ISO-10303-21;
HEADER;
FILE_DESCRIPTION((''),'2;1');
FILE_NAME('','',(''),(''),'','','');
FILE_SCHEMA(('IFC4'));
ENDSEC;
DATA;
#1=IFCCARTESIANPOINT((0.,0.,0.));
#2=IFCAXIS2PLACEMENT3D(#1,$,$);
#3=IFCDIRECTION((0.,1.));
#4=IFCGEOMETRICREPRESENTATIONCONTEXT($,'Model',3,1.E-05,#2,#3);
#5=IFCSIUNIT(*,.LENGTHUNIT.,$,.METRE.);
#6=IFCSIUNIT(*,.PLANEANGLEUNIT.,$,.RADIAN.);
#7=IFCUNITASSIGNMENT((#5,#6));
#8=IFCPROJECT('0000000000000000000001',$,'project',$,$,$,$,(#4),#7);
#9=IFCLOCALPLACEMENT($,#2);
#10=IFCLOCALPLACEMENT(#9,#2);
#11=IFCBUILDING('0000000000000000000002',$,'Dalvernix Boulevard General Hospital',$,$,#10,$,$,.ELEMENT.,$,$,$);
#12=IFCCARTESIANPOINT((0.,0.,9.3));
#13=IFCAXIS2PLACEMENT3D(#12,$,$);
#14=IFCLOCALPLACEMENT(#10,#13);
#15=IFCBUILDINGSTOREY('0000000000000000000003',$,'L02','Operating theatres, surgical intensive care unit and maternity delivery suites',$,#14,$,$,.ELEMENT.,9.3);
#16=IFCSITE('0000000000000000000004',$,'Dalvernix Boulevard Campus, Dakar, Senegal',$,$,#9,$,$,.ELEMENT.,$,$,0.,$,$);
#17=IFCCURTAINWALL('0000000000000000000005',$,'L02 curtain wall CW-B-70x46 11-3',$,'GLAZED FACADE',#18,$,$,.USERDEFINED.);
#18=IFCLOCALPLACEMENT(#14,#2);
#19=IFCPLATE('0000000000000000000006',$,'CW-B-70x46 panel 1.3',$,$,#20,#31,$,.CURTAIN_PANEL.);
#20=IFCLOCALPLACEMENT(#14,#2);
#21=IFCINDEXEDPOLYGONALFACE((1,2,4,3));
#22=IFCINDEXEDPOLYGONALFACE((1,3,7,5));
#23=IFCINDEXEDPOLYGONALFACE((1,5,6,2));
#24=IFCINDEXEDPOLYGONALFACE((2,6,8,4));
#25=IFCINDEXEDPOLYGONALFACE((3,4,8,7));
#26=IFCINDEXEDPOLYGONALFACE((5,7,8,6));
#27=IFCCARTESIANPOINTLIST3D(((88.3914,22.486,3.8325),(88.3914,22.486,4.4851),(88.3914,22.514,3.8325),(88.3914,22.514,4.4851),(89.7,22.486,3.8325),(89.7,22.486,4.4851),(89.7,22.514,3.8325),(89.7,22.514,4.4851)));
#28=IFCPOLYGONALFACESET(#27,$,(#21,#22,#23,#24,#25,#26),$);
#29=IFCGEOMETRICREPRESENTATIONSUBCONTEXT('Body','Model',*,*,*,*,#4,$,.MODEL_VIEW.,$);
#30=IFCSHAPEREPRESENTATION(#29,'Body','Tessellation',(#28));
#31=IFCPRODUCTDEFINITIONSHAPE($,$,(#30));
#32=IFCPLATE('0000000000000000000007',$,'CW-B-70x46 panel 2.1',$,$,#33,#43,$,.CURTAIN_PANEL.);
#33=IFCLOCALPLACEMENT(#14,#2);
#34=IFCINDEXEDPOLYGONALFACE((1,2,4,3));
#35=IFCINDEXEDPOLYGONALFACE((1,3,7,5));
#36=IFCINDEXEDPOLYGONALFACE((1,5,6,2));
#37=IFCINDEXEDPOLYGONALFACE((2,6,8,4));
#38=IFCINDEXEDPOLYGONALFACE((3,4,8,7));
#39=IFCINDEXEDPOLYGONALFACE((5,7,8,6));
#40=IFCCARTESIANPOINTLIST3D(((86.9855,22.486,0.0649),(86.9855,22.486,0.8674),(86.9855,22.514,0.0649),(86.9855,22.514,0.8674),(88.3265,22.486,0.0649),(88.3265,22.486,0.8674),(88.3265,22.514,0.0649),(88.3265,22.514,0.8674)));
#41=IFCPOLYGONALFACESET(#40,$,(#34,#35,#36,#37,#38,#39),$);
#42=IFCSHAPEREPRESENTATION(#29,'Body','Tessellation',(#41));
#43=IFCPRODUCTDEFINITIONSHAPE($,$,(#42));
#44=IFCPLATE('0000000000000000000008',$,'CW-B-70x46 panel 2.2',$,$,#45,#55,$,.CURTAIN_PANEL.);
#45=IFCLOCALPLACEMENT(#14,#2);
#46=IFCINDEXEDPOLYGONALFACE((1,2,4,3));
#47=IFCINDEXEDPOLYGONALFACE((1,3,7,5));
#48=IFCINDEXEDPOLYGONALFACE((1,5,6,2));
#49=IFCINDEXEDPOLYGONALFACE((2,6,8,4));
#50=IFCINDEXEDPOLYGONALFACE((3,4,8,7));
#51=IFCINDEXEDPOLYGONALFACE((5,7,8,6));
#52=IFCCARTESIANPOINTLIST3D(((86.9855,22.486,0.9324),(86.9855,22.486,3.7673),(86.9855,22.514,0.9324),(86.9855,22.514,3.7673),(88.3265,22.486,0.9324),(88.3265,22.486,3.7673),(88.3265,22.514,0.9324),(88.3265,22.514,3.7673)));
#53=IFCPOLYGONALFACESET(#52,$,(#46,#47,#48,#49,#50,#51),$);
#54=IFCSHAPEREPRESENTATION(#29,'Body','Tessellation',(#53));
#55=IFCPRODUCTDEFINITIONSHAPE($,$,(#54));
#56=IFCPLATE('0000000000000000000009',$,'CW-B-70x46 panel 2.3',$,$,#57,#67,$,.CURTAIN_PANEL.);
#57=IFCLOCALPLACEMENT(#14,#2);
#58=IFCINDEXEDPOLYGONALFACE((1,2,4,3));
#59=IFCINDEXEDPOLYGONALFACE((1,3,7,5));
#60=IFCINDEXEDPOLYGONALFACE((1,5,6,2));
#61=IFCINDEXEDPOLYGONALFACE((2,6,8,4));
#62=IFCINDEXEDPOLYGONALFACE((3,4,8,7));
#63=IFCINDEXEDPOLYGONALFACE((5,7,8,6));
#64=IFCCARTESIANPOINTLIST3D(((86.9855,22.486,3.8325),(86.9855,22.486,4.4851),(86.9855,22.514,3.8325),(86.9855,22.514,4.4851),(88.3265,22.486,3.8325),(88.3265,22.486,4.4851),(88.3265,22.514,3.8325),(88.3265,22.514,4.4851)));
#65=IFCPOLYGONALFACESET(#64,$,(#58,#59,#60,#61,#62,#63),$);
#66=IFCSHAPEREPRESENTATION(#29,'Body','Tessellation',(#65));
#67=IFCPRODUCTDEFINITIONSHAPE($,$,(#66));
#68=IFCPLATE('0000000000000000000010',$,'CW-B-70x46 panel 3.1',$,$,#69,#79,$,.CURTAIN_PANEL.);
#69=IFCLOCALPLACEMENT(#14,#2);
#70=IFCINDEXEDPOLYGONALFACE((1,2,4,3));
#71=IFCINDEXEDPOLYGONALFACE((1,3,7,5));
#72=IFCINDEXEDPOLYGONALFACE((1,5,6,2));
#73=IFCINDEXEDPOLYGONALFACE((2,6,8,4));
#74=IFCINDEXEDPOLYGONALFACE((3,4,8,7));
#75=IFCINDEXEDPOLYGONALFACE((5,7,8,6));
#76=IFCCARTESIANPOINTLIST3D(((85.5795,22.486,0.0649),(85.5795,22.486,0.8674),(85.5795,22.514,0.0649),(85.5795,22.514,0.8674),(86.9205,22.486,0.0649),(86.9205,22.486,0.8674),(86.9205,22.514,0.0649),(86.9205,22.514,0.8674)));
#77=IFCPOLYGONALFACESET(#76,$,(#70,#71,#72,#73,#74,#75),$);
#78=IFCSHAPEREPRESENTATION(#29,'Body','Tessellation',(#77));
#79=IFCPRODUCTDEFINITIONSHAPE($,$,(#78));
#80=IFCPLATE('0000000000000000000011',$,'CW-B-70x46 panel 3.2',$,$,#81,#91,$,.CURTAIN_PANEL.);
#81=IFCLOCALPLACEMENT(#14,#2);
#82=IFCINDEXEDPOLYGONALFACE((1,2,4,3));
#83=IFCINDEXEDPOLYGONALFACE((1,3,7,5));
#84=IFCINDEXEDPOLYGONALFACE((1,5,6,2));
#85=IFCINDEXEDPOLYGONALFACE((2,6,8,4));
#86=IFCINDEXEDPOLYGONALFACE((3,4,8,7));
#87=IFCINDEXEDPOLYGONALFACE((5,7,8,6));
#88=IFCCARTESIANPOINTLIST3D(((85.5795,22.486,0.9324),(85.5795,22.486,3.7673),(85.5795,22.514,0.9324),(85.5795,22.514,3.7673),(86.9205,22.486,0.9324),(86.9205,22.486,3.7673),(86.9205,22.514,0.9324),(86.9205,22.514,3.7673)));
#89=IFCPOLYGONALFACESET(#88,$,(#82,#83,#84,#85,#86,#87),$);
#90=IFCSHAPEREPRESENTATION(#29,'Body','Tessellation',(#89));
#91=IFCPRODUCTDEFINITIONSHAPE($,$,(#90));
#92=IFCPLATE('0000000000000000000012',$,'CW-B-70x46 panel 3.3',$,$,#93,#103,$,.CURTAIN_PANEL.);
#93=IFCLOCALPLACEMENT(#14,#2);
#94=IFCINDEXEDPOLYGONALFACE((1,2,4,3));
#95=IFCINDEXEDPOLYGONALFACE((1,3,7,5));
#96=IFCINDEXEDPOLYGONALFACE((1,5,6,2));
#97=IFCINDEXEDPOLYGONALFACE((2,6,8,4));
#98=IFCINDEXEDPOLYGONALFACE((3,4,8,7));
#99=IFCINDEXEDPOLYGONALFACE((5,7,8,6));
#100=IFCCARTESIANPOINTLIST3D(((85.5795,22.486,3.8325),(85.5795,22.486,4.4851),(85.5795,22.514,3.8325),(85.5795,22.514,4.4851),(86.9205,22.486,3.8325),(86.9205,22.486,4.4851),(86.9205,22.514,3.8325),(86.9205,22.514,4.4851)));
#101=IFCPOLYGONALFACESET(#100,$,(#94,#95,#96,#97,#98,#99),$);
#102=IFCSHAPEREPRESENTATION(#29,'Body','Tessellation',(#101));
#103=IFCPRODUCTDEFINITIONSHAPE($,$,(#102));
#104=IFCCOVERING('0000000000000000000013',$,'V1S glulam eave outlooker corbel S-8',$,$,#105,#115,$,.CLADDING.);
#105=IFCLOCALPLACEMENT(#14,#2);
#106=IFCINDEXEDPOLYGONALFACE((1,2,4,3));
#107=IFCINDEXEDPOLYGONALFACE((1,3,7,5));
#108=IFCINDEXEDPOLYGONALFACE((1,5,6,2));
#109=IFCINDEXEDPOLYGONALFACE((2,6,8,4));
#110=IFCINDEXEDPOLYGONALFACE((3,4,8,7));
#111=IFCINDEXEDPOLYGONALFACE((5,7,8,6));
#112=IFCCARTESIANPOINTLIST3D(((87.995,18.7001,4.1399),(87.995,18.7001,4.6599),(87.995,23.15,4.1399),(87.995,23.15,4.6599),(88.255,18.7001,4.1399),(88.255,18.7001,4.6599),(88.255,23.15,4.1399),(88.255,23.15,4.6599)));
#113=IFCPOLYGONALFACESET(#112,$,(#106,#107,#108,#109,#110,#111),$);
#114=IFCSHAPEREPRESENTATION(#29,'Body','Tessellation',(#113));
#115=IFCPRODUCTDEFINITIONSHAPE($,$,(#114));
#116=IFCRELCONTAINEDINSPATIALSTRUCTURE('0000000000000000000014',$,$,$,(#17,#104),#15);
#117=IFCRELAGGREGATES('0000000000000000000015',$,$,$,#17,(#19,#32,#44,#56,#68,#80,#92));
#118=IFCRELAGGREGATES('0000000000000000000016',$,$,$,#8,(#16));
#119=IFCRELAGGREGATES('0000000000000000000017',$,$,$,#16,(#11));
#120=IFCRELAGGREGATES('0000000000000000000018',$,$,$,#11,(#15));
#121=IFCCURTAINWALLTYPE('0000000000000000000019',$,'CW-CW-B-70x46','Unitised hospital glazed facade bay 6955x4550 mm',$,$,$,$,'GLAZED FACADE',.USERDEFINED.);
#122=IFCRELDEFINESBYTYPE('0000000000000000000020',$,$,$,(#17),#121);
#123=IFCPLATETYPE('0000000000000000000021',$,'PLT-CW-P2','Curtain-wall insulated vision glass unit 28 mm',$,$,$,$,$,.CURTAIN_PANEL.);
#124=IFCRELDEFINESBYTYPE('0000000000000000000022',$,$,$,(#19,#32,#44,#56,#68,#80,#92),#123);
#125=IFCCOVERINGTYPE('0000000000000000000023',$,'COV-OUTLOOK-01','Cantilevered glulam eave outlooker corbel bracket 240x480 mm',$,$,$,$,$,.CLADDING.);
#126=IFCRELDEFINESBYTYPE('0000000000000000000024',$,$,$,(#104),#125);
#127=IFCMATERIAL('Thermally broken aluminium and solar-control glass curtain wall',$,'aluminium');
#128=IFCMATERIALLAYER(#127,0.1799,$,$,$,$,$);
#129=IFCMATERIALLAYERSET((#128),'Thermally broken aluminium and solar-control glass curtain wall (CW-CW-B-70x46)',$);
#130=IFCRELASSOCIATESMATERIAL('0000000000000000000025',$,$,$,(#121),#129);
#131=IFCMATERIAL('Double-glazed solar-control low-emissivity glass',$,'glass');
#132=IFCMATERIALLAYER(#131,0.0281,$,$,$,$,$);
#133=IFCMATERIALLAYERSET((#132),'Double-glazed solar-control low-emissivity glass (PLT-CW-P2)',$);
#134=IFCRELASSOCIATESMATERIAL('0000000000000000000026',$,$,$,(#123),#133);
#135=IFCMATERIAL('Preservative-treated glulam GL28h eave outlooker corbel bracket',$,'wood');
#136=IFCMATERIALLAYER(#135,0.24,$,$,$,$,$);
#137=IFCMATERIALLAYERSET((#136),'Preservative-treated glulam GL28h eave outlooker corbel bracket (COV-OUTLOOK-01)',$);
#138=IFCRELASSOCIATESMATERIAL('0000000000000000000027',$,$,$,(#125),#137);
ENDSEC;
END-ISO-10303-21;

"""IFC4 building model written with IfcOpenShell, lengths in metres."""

from ifc_helpers import new_model, si_unit, direction, frame, origin, origin_2d, place, context, subcontext, project, spatial, rectangle, extrude, material, layer, layer_set, type_object, element, aggregate, save


model = new_model("IFC4")

# Units and contexts
model_context = context("Model", 3, precision=1e-05, world=origin(), true_north=direction((0.0, 1.0)))
body_context = subcontext(model_context, "Body", "Model", "MODEL_VIEW")
ifc_project = project(units=[si_unit("LENGTHUNIT", "METRE"), si_unit("PLANEANGLEUNIT", "RADIAN")], contexts=[model_context])

# Site, building, storey
site_placement = place(None, origin())
site = spatial("IfcSite", under=ifc_project, at=site_placement, Name="Dalvernix Boulevard Campus, Dakar, Senegal", CompositionType="ELEMENT", RefElevation=0.0)
building_placement = place(site_placement, origin())
building = spatial("IfcBuilding", under=site, at=building_placement, Name="Dalvernix Boulevard General Hospital", CompositionType="ELEMENT")
storey_placement = place(building_placement, frame((0.0, 0.0, 9.3)))
storey = spatial("IfcBuildingStorey", under=building, at=storey_placement, Name="L02", Description="Operating theatres, surgical intensive care unit and maternity delivery suites", CompositionType="ELEMENT", Elevation=9.3)

# Curtain wall, plates
ifc_material_1 = material(Name="Thermally broken aluminium and solar-control glass curtain wall", Category="aluminium")
ifc_layer_1 = layer(ifc_material_1, 0.1799)
ifc_layer_set_1 = layer_set([ifc_layer_1], Name="Thermally broken aluminium and solar-control glass curtain wall (CW-CW-B-70x46)")
curtain_wall_type = type_object("IfcCurtainWallType", Name="CW-CW-B-70x46", Description="Unitised hospital glazed facade bay 6955x4550 mm", ElementType="GLAZED FACADE", PredefinedType="USERDEFINED", material=ifc_layer_set_1)
curtain_wall_placement = place(storey_placement, origin())
curtain_wall = element("IfcCurtainWall", 1, at=curtain_wall_placement, inside=storey, type_object=curtain_wall_type, Name="L02 curtain wall CW-B-70x46 11-3", ObjectType="GLAZED FACADE", PredefinedType="USERDEFINED")
ifc_material_2 = material(Name="Double-glazed solar-control low-emissivity glass", Category="glass")
ifc_layer_2 = layer(ifc_material_2, 0.0281)
ifc_layer_set_2 = layer_set([ifc_layer_2], Name="Double-glazed solar-control low-emissivity glass (PLT-CW-P2)")
plate_type = type_object("IfcPlateType", Name="PLT-CW-P2", Description="Curtain-wall insulated vision glass unit 28 mm", PredefinedType="CURTAIN_PANEL", material=ifc_layer_set_2)
plate_1_placement = place(storey_placement, frame((89.0457, 22.5, 3.8325), z_axis=(0.0, 0.0, 1.0), x_axis=(-1.0, 0.0, 0.0)))
plate_1 = element("IfcPlate", 2, at=plate_1_placement, type_object=plate_type, Name="CW-B-70x46 panel 1.3", PredefinedType="CURTAIN_PANEL", context=body_context, shape_type="SweptSolid", body=[
    extrude(rectangle(XDim=1.3086, YDim=0.0281, at=origin_2d()), origin(), (0.0, 0.0, 1.0), 0.6526),
])
plate_2_placement = place(storey_placement, frame((87.656, 22.5, 0.0649), z_axis=(0.0, 0.0, 1.0), x_axis=(-1.0, 0.0, 0.0)))
plate_2 = element("IfcPlate", 3, at=plate_2_placement, type_object=plate_type, Name="CW-B-70x46 panel 2.1", PredefinedType="CURTAIN_PANEL", context=body_context, shape_type="SweptSolid", body=[
    extrude(rectangle(XDim=1.3411, YDim=0.0281, at=origin_2d()), origin(), (0.0, 0.0, 1.0), 0.8025),
])
plate_3_placement = place(storey_placement, frame((87.656, 22.5, 0.9324), z_axis=(0.0, 0.0, 1.0), x_axis=(-1.0, 0.0, 0.0)))
plate_3 = element("IfcPlate", 4, at=plate_3_placement, type_object=plate_type, Name="CW-B-70x46 panel 2.2", PredefinedType="CURTAIN_PANEL", context=body_context, shape_type="SweptSolid", body=[
    extrude(rectangle(XDim=1.3411, YDim=0.0281, at=origin_2d()), origin(), (0.0, 0.0, 1.0), 2.835),
])
plate_4_placement = place(storey_placement, frame((87.656, 22.5, 3.8325), z_axis=(0.0, 0.0, 1.0), x_axis=(-1.0, 0.0, 0.0)))
plate_4 = element("IfcPlate", 5, at=plate_4_placement, type_object=plate_type, Name="CW-B-70x46 panel 2.3", PredefinedType="CURTAIN_PANEL", context=body_context, shape_type="SweptSolid", body=[
    extrude(rectangle(XDim=1.3411, YDim=0.0281, at=origin_2d()), origin(), (0.0, 0.0, 1.0), 0.6526),
])
plate_5_placement = place(storey_placement, frame((86.25, 22.5, 0.0649), z_axis=(0.0, 0.0, 1.0), x_axis=(-1.0, 0.0, 0.0)))
plate_5 = element("IfcPlate", 6, at=plate_5_placement, type_object=plate_type, Name="CW-B-70x46 panel 3.1", PredefinedType="CURTAIN_PANEL", context=body_context, shape_type="SweptSolid", body=[
    extrude(rectangle(XDim=1.3411, YDim=0.0281, at=origin_2d()), origin(), (0.0, 0.0, 1.0), 0.8025),
])
plate_6_placement = place(storey_placement, frame((86.25, 22.5, 0.9324), z_axis=(0.0, 0.0, 1.0), x_axis=(-1.0, 0.0, 0.0)))
plate_6 = element("IfcPlate", 7, at=plate_6_placement, type_object=plate_type, Name="CW-B-70x46 panel 3.2", PredefinedType="CURTAIN_PANEL", context=body_context, shape_type="SweptSolid", body=[
    extrude(rectangle(XDim=1.3411, YDim=0.0281, at=origin_2d()), origin(), (0.0, 0.0, 1.0), 2.835),
])
plate_7_placement = place(storey_placement, frame((86.25, 22.5, 3.8325), z_axis=(0.0, 0.0, 1.0), x_axis=(-1.0, 0.0, 0.0)))
plate_7 = element("IfcPlate", 8, at=plate_7_placement, type_object=plate_type, Name="CW-B-70x46 panel 3.3", PredefinedType="CURTAIN_PANEL", context=body_context, shape_type="SweptSolid", body=[
    extrude(rectangle(XDim=1.3411, YDim=0.0281, at=origin_2d()), origin(), (0.0, 0.0, 1.0), 0.6526),
])
aggregate(curtain_wall, [plate_1, plate_2, plate_3, plate_4, plate_5, plate_6, plate_7])

# Covering
ifc_material_3 = material(Name="Preservative-treated glulam GL28h eave outlooker corbel bracket", Category="wood")
ifc_layer_3 = layer(ifc_material_3, 0.24)
ifc_layer_set_3 = layer_set([ifc_layer_3], Name="Preservative-treated glulam GL28h eave outlooker corbel bracket (COV-OUTLOOK-01)")
covering_type = type_object("IfcCoveringType", Name="COV-OUTLOOK-01", Description="Cantilevered glulam eave outlooker corbel bracket 240x480 mm", PredefinedType="CLADDING", material=ifc_layer_set_3)
covering_placement = place(storey_placement, frame((88.125, 20.925, 4.1399), z_axis=(0.0, 0.0, 1.0), x_axis=(1.0, 0.0, 0.0)))
element("IfcCovering", 9, at=covering_placement, inside=storey, type_object=covering_type, Name="V1S glulam eave outlooker corbel S-8", PredefinedType="CLADDING", context=body_context, shape_type="SweptSolid", body=[
    extrude(rectangle(XDim=0.26, YDim=4.45, at=origin_2d()), origin(), (0.0, 0.0, 1.0), 0.52),
])

save(model, "model.ifc")
